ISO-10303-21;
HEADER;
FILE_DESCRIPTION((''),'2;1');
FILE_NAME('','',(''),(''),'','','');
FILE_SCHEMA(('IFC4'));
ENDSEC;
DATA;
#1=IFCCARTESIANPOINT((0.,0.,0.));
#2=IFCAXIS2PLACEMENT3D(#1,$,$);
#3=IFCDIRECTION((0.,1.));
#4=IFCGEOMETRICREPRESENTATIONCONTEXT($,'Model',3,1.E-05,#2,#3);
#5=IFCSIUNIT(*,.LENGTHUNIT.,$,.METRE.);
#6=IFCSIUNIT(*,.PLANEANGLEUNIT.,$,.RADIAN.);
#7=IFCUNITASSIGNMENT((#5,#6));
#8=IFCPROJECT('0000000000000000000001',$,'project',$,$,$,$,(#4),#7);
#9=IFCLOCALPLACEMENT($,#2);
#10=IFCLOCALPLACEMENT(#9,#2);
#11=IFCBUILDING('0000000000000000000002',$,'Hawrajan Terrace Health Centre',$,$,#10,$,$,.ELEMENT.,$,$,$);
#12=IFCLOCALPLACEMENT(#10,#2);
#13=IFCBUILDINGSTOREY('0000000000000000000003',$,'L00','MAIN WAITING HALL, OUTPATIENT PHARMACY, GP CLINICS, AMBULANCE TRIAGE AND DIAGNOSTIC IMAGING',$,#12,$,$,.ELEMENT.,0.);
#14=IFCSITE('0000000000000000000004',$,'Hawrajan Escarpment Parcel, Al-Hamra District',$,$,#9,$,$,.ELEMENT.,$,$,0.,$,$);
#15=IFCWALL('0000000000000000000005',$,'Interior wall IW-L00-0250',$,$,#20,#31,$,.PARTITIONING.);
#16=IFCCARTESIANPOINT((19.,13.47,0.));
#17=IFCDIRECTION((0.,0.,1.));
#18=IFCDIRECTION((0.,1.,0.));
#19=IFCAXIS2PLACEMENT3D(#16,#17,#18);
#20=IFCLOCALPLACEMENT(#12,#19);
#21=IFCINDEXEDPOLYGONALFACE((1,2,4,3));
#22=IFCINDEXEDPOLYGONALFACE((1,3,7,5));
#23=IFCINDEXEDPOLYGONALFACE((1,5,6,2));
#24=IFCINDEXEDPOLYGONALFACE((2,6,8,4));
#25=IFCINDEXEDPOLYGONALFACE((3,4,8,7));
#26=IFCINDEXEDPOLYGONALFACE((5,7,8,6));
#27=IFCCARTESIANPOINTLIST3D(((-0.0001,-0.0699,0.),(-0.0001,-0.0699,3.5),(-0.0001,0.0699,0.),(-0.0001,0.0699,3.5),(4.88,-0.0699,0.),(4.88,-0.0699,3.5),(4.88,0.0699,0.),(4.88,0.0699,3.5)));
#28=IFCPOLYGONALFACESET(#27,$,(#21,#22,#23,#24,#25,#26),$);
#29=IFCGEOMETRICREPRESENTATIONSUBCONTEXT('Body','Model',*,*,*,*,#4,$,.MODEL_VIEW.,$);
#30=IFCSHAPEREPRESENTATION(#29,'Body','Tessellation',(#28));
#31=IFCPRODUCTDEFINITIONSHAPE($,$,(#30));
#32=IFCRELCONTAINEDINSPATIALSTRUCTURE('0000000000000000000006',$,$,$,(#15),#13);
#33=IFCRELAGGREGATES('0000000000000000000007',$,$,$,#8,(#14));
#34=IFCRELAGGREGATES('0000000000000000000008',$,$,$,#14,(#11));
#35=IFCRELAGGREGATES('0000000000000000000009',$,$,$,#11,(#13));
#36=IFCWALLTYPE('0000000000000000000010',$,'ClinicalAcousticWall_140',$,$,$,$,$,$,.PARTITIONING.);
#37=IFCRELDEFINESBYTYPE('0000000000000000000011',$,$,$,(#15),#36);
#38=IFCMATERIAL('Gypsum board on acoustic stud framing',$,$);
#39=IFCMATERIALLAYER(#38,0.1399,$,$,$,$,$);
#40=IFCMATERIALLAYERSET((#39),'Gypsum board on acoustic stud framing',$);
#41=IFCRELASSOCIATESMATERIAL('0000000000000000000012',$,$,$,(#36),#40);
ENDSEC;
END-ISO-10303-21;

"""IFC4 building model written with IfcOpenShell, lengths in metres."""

from ifc_helpers import new_model, si_unit, direction, frame, frame_2d, origin, place, context, subcontext, project, spatial, rectangle, extrude, material, layer, layer_set, type_object, element, save


model = new_model("IFC4")

# Units and contexts
model_context = context("Model", 3, precision=1e-05, world=origin(), true_north=direction((0.0, 1.0)))
body_context = subcontext(model_context, "Body", "Model", "MODEL_VIEW")
ifc_project = project(units=[si_unit("LENGTHUNIT", "METRE"), si_unit("PLANEANGLEUNIT", "RADIAN")], contexts=[model_context])

# Site, building, storey
site_placement = place(None, origin())
site = spatial("IfcSite", under=ifc_project, at=site_placement, Name="Hawrajan Escarpment Parcel, Al-Hamra District", CompositionType="ELEMENT", RefElevation=0.0)
building_placement = place(site_placement, origin())
building = spatial("IfcBuilding", under=site, at=building_placement, Name="Hawrajan Terrace Health Centre", CompositionType="ELEMENT")
storey_placement = place(building_placement, origin())
storey = spatial("IfcBuildingStorey", under=building, at=storey_placement, Name="L00", Description="MAIN WAITING HALL, OUTPATIENT PHARMACY, GP CLINICS, AMBULANCE TRIAGE AND DIAGNOSTIC IMAGING", CompositionType="ELEMENT", Elevation=0.0)

# Wall
ifc_material_1 = material(Name="Gypsum board on acoustic stud framing")
ifc_layer = layer(ifc_material_1, 0.1399)
ifc_layer_set = layer_set([ifc_layer], Name="Gypsum board on acoustic stud framing")
wall_type = type_object("IfcWallType", Name="ClinicalAcousticWall_140", PredefinedType="PARTITIONING", material=ifc_layer_set)
wall_1_placement = place(storey_placement, frame((19.0, 13.47, 0.0), z_axis=(0.0, 0.0, 1.0), x_axis=(0.0, 1.0, 0.0)))
element("IfcWall", 1, at=wall_1_placement, inside=storey, type_object=wall_type, Name="Interior wall IW-L00-0250", PredefinedType="PARTITIONING", context=body_context, shape_type="SweptSolid", body=[
    extrude(rectangle(XDim=4.8801, YDim=0.1399, at=frame_2d((2.4399, 0.0))), origin(), (0.0, 0.0, 1.0), 3.5),
])

save(model, "model.ifc")
